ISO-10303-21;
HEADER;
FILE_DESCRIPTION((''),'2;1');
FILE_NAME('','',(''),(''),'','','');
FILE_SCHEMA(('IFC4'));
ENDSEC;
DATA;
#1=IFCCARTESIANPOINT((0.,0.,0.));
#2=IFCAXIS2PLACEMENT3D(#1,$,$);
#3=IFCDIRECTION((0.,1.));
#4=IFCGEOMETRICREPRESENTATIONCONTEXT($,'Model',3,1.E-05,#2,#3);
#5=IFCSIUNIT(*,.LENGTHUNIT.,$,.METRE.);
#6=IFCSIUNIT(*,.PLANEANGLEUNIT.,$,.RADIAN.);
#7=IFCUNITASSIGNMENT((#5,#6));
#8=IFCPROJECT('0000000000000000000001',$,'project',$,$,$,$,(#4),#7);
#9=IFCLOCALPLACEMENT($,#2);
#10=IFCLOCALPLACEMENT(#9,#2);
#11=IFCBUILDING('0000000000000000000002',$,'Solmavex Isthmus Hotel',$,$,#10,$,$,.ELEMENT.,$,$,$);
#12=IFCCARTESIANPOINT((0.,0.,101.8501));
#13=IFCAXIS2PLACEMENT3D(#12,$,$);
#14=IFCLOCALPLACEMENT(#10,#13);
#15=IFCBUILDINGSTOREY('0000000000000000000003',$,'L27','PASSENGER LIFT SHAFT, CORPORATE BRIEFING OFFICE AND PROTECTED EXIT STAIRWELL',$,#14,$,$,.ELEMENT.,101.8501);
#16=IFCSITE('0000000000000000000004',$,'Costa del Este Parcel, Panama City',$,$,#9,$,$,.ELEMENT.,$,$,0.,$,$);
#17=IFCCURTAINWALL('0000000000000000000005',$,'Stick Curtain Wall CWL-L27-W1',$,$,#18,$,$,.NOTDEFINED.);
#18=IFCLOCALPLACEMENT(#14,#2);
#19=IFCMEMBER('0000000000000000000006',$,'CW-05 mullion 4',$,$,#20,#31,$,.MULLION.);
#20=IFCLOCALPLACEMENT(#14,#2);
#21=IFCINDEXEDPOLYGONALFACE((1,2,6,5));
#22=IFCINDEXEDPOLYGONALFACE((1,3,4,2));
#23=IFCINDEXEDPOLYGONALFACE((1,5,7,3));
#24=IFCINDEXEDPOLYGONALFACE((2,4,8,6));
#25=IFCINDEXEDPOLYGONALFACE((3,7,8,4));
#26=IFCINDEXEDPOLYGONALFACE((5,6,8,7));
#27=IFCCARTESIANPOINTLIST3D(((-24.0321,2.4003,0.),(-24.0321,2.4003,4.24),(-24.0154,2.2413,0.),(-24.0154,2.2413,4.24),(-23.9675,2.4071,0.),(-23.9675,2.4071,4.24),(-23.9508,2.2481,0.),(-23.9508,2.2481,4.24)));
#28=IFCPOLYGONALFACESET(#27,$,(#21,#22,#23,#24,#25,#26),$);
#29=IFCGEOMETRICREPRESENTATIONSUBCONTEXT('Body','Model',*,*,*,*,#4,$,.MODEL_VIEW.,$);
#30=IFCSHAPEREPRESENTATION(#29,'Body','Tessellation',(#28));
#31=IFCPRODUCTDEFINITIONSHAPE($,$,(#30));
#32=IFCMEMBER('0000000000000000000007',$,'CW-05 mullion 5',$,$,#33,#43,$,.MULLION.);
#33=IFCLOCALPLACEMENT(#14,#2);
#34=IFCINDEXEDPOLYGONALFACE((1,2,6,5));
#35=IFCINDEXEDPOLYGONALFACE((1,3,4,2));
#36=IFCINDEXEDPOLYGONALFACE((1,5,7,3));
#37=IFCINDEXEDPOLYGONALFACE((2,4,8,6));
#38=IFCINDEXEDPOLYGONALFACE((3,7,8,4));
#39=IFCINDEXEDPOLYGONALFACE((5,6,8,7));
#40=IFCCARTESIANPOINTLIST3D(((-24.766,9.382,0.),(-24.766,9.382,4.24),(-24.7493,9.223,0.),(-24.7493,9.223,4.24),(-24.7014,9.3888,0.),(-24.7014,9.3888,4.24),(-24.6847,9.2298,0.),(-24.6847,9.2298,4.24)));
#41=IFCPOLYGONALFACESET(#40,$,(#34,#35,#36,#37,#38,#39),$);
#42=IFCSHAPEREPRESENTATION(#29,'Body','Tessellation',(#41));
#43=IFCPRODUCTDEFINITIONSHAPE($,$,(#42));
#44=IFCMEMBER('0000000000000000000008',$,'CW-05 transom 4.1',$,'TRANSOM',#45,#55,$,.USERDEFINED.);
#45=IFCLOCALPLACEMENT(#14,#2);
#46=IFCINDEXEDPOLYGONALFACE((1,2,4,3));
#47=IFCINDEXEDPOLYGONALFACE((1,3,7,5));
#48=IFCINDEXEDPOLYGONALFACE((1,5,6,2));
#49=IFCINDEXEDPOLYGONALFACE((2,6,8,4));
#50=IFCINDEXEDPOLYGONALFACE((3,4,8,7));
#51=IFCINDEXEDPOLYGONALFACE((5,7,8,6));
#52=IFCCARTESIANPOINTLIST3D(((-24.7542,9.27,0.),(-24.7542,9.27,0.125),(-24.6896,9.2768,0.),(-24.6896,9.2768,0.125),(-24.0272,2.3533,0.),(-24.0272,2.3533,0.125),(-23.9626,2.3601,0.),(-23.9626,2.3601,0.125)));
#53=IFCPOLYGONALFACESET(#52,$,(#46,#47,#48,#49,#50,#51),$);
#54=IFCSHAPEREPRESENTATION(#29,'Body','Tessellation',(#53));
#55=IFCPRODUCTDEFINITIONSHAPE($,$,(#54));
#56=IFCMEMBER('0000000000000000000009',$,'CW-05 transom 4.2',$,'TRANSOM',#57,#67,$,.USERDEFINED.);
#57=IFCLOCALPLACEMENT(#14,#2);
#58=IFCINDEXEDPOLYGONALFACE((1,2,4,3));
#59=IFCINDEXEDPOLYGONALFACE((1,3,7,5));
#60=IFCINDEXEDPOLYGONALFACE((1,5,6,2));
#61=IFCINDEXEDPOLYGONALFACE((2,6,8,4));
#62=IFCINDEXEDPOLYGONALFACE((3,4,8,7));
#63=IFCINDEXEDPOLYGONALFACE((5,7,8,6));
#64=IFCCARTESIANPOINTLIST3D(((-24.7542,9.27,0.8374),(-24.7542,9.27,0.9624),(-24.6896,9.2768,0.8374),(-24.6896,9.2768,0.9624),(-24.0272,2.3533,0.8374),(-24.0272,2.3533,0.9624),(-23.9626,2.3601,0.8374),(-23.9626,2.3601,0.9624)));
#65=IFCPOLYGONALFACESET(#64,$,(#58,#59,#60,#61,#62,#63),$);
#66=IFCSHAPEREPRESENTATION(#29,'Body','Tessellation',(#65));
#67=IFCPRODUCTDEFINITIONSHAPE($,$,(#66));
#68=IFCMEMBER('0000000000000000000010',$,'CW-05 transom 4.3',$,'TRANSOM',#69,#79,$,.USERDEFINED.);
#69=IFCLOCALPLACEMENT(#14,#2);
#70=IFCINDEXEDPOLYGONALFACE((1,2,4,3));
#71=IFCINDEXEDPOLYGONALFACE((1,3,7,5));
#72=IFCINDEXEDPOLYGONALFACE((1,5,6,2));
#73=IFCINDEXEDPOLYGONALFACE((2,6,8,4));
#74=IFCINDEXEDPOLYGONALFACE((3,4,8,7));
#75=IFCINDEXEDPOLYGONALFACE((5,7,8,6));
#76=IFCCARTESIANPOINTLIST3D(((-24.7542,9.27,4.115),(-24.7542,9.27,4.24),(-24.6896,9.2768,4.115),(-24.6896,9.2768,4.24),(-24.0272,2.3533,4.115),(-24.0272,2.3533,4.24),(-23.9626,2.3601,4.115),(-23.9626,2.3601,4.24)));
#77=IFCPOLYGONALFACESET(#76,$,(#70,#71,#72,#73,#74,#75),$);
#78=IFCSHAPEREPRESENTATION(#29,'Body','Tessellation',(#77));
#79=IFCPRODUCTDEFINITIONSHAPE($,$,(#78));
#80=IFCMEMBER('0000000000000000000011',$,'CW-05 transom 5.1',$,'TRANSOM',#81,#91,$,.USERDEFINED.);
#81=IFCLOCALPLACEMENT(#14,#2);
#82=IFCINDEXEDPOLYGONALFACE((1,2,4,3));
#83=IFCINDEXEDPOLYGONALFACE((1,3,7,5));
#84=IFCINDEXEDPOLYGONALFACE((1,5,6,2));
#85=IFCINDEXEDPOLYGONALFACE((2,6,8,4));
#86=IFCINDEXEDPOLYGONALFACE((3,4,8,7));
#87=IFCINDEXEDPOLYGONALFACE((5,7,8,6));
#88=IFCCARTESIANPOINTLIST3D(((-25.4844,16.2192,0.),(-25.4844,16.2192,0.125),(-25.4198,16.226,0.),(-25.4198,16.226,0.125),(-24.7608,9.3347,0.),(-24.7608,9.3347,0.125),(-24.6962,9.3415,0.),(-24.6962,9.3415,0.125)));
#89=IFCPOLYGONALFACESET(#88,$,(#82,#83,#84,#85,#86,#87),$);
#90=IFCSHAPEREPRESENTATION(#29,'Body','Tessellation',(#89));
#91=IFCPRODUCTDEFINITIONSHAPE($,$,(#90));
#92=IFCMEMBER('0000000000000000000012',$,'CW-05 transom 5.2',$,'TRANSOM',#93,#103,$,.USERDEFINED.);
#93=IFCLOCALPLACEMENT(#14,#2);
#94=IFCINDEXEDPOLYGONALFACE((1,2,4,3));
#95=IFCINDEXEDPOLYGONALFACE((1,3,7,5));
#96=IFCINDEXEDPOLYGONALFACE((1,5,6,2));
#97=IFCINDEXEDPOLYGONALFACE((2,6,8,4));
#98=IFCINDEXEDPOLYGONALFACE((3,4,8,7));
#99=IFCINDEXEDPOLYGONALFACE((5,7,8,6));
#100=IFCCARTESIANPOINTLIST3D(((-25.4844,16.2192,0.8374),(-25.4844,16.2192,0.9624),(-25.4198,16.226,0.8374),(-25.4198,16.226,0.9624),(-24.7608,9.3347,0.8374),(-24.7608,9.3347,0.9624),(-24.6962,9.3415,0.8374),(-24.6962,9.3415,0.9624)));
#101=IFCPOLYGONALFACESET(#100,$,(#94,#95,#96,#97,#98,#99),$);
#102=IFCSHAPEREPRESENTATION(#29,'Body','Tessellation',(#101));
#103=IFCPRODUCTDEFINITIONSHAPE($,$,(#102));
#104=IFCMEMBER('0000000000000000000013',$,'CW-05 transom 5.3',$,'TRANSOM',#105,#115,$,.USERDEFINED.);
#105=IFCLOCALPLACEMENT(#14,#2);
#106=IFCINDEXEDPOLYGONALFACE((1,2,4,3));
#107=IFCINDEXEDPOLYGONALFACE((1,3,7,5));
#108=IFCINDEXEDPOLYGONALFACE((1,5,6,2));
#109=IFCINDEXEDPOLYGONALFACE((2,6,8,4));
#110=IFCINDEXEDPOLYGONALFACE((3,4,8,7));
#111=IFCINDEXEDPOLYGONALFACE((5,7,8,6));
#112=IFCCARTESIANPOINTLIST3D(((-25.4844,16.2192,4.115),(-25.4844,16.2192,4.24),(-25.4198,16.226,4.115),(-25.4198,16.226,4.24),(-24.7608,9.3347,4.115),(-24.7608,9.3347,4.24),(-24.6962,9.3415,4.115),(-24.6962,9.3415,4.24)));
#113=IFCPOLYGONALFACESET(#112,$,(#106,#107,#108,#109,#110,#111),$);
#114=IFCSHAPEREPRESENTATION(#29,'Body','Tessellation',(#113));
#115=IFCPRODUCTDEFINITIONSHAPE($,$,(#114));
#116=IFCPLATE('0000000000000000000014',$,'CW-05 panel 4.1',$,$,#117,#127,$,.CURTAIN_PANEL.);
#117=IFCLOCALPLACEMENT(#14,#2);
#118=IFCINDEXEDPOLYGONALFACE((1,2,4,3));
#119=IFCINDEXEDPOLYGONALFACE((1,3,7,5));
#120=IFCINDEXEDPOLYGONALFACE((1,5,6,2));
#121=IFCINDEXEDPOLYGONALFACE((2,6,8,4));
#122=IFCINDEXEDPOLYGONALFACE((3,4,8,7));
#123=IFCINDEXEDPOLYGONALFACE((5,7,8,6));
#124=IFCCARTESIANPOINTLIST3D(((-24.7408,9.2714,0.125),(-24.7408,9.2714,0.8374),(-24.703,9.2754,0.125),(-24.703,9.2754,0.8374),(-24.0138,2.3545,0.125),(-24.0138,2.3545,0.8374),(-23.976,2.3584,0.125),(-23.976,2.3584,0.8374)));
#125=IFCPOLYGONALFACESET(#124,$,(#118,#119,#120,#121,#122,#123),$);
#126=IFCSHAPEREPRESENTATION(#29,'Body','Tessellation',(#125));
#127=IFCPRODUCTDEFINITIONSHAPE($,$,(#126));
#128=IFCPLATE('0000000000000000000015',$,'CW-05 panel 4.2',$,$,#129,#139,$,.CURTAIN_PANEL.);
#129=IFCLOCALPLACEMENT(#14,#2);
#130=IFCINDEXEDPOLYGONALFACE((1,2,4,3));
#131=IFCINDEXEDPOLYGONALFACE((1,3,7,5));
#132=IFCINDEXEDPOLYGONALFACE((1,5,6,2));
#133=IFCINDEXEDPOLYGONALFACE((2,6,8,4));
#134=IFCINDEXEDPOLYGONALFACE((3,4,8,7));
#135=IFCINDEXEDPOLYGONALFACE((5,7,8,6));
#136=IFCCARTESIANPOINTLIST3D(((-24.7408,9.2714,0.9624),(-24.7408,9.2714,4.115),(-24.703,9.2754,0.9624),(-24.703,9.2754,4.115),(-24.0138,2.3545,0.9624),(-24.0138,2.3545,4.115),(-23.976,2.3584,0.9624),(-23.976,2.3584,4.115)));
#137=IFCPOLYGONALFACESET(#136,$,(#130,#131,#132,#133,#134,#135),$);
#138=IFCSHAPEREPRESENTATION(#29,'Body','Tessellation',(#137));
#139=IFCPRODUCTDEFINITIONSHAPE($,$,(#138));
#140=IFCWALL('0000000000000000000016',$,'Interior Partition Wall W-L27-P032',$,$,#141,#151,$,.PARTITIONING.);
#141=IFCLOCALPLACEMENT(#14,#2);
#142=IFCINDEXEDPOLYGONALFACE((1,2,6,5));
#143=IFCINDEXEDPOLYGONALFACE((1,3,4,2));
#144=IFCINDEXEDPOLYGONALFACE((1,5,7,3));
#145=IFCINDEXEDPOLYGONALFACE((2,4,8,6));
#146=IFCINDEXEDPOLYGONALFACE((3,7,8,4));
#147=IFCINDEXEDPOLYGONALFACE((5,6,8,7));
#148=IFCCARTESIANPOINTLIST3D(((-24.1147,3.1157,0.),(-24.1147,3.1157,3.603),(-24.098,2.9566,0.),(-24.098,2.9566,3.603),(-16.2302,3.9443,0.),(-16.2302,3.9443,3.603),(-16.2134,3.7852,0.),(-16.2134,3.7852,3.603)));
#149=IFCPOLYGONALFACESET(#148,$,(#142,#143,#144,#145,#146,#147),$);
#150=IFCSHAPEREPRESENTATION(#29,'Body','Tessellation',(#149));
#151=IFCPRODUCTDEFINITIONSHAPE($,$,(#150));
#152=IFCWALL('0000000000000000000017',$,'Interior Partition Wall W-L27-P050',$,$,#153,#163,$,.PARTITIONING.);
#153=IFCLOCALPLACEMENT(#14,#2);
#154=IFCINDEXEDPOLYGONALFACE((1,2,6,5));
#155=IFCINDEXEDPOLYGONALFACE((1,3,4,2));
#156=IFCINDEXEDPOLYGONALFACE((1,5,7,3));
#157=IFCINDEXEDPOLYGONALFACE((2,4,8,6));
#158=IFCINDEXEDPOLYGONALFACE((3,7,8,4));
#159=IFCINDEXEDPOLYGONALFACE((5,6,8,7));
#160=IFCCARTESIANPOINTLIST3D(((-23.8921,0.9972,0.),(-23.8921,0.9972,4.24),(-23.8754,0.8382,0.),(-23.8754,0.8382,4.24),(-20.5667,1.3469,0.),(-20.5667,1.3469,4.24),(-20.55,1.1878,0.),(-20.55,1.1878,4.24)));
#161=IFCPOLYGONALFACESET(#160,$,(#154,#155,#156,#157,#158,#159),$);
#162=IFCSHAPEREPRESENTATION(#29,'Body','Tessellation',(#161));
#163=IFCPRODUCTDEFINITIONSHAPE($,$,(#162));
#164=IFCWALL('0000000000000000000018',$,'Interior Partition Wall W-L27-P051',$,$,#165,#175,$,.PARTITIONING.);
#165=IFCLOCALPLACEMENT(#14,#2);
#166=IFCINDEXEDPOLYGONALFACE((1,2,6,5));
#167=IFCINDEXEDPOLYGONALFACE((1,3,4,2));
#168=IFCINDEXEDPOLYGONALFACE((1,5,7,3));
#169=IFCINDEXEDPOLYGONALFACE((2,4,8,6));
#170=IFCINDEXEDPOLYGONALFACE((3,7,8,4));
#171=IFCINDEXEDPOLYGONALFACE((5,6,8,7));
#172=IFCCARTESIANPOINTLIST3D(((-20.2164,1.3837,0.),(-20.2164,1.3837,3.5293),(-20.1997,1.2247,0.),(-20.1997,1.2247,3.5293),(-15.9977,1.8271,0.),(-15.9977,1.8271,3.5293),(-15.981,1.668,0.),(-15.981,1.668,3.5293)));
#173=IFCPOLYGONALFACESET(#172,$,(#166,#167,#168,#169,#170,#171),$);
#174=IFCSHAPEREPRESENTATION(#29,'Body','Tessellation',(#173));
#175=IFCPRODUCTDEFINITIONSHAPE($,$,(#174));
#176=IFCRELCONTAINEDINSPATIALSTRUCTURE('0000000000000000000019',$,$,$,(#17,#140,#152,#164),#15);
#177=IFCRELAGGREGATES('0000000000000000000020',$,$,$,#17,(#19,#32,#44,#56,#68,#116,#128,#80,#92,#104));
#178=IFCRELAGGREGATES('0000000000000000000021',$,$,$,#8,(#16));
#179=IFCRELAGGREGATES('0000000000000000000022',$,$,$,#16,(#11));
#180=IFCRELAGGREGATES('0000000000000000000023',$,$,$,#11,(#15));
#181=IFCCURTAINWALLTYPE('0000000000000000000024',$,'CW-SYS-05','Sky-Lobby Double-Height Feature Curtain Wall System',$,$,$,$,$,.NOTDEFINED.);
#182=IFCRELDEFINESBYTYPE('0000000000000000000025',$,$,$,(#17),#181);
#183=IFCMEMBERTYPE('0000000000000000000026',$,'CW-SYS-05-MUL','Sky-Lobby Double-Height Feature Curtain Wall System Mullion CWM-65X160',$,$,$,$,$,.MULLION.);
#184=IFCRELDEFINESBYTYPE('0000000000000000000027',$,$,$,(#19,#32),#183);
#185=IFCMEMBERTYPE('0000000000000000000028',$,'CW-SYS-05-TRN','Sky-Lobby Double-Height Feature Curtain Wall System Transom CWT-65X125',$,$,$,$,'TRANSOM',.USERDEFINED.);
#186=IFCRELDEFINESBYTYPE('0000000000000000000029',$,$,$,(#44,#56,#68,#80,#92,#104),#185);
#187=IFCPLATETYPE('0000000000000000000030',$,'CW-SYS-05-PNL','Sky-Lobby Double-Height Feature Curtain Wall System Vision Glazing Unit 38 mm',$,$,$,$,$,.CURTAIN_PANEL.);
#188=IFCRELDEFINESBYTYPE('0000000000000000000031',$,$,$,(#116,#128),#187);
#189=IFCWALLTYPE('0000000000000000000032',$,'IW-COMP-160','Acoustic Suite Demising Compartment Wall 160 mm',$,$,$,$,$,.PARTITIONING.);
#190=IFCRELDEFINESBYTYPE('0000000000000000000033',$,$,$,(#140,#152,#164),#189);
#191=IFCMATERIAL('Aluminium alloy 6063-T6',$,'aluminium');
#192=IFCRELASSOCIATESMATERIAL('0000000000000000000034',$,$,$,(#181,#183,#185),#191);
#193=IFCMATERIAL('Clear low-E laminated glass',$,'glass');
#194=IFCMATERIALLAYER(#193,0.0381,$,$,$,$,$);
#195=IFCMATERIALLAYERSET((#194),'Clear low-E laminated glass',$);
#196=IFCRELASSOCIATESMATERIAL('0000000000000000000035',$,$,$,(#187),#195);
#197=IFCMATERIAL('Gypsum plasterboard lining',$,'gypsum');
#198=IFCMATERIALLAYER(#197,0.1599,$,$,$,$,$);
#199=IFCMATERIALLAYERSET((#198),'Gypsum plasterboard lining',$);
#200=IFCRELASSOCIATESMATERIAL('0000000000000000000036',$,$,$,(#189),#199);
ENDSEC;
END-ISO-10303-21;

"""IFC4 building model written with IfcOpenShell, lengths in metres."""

from ifc_helpers import new_model, si_unit, direction, frame, frame_2d, origin, origin_2d, place, context, subcontext, project, spatial, rectangle, extrude, material, layer, layer_set, material_profile, profile_set, type_object, element, aggregate, save


model = new_model("IFC4")

# Units and contexts
model_context = context("Model", 3, precision=1e-05, world=origin(), true_north=direction((0.0, 1.0)))
body_context = subcontext(model_context, "Body", "Model", "MODEL_VIEW")
ifc_project = project(units=[si_unit("LENGTHUNIT", "METRE"), si_unit("PLANEANGLEUNIT", "RADIAN")], contexts=[model_context])

# Site, building, storey
site_placement = place(None, origin())
site = spatial("IfcSite", under=ifc_project, at=site_placement, Name="Costa del Este Parcel, Panama City", CompositionType="ELEMENT", RefElevation=0.0)
building_placement = place(site_placement, origin())
building = spatial("IfcBuilding", under=site, at=building_placement, Name="Solmavex Isthmus Hotel", CompositionType="ELEMENT")
storey_placement = place(building_placement, frame((0.0, 0.0, 101.8501)))
storey = spatial("IfcBuildingStorey", under=building, at=storey_placement, Name="L27", Description="PASSENGER LIFT SHAFT, CORPORATE BRIEFING OFFICE AND PROTECTED EXIT STAIRWELL", CompositionType="ELEMENT", Elevation=101.8501)

# Curtain wall, members, plates
ifc_material_1 = material(Name="Aluminium alloy 6063-T6", Category="aluminium")
curtain_wall_type = type_object("IfcCurtainWallType", Name="CW-SYS-05", Description="Sky-Lobby Double-Height Feature Curtain Wall System", PredefinedType="NOTDEFINED", material=ifc_material_1)
curtain_wall_placement = place(storey_placement, origin())
curtain_wall = element("IfcCurtainWall", 1, at=curtain_wall_placement, inside=storey, type_object=curtain_wall_type, Name="Stick Curtain Wall CWL-L27-W1", PredefinedType="NOTDEFINED")
ifc_material_profile_1 = material_profile(ifc_material_1, rectangle(XDim=0.0649, YDim=0.1599, at=origin_2d()), Name="CWM-65X160")
ifc_profile_set_1 = profile_set([ifc_material_profile_1], Name="Aluminium alloy 6063-T6")
member_type_1 = type_object("IfcMemberType", Name="CW-SYS-05-MUL", Description="Sky-Lobby Double-Height Feature Curtain Wall System Mullion CWM-65X160", PredefinedType="MULLION", material=ifc_profile_set_1)
member_1_placement = place(storey_placement, frame((-23.9915, 2.3242, 0.0), z_axis=(0.0, 0.0, 1.0), x_axis=(-0.994522, -0.104528, 0.0)))
member_1 = element("IfcMember", 2, at=member_1_placement, type_object=member_type_1, Name="CW-05 mullion 4", PredefinedType="MULLION", context=body_context, shape_type="SweptSolid", body=[
    extrude(rectangle(XDim=0.0649, YDim=0.1599, at=origin_2d()), origin(), (0.0, 0.0, 1.0), 4.24),
])
member_2_placement = place(storey_placement, frame((-24.7253, 9.3059, 0.0), z_axis=(0.0, 0.0, 1.0), x_axis=(-0.994522, -0.104528, 0.0)))
member_2 = element("IfcMember", 3, at=member_2_placement, type_object=member_type_1, Name="CW-05 mullion 5", PredefinedType="MULLION", context=body_context, shape_type="SweptSolid", body=[
    extrude(rectangle(XDim=0.0649, YDim=0.1599, at=origin_2d()), origin(), (0.0, 0.0, 1.0), 4.24),
])
ifc_material_profile_2 = material_profile(ifc_material_1, rectangle(XDim=0.0649, YDim=0.125, at=origin_2d()), Name="CWT-65X125")
ifc_profile_set_2 = profile_set([ifc_material_profile_2], Name="Aluminium alloy 6063-T6")
member_type_2 = type_object("IfcMemberType", Name="CW-SYS-05-TRN", Description="Sky-Lobby Double-Height Feature Curtain Wall System Transom CWT-65X125", ElementType="TRANSOM", PredefinedType="USERDEFINED", material=ifc_profile_set_2)
member_3_placement = place(storey_placement, frame((-23.9949, 2.3567, 0.0625), z_axis=(-0.104539, 0.994521, 0.0), x_axis=(-0.994521, -0.104539, 0.0)))
member_3 = element("IfcMember", 4, at=member_3_placement, type_object=member_type_2, Name="CW-05 transom 4.1", ObjectType="TRANSOM", PredefinedType="USERDEFINED", context=body_context, shape_type="SweptSolid", body=[
    extrude(rectangle(XDim=0.0649, YDim=0.125, at=origin_2d()), origin(), (0.0, 0.0, 1.0), 6.9548),
])
member_4_placement = place(storey_placement, frame((-23.9949, 2.3567, 0.8999), z_axis=(-0.104539, 0.994521, 0.0), x_axis=(-0.994521, -0.104539, 0.0)))
member_4 = element("IfcMember", 5, at=member_4_placement, type_object=member_type_2, Name="CW-05 transom 4.2", ObjectType="TRANSOM", PredefinedType="USERDEFINED", context=body_context, shape_type="SweptSolid", body=[
    extrude(rectangle(XDim=0.0649, YDim=0.125, at=origin_2d()), origin(), (0.0, 0.0, 1.0), 6.9548),
])
member_5_placement = place(storey_placement, frame((-23.9949, 2.3567, 4.1775), z_axis=(-0.104539, 0.994521, 0.0), x_axis=(-0.994521, -0.104539, 0.0)))
member_5 = element("IfcMember", 6, at=member_5_placement, type_object=member_type_2, Name="CW-05 transom 4.3", ObjectType="TRANSOM", PredefinedType="USERDEFINED", context=body_context, shape_type="SweptSolid", body=[
    extrude(rectangle(XDim=0.0649, YDim=0.125, at=origin_2d()), origin(), (0.0, 0.0, 1.0), 6.9548),
])
member_6_placement = place(storey_placement, frame((-24.7285, 9.3381, 0.0625), z_axis=(-0.104534, 0.994521, 0.0), x_axis=(-0.994521, -0.104534, 0.0)))
member_6 = element("IfcMember", 7, at=member_6_placement, type_object=member_type_2, Name="CW-05 transom 5.1", ObjectType="TRANSOM", PredefinedType="USERDEFINED", context=body_context, shape_type="SweptSolid", body=[
    extrude(rectangle(XDim=0.0649, YDim=0.125, at=origin_2d()), origin(), (0.0, 0.0, 1.0), 6.9224),
])
member_7_placement = place(storey_placement, frame((-24.7285, 9.3381, 0.8999), z_axis=(-0.104534, 0.994521, 0.0), x_axis=(-0.994521, -0.104534, 0.0)))
member_7 = element("IfcMember", 8, at=member_7_placement, type_object=member_type_2, Name="CW-05 transom 5.2", ObjectType="TRANSOM", PredefinedType="USERDEFINED", context=body_context, shape_type="SweptSolid", body=[
    extrude(rectangle(XDim=0.0649, YDim=0.125, at=origin_2d()), origin(), (0.0, 0.0, 1.0), 6.9224),
])
member_8_placement = place(storey_placement, frame((-24.7285, 9.3381, 4.1775), z_axis=(-0.104534, 0.994521, 0.0), x_axis=(-0.994521, -0.104534, 0.0)))
member_8 = element("IfcMember", 9, at=member_8_placement, type_object=member_type_2, Name="CW-05 transom 5.3", ObjectType="TRANSOM", PredefinedType="USERDEFINED", context=body_context, shape_type="SweptSolid", body=[
    extrude(rectangle(XDim=0.0649, YDim=0.125, at=origin_2d()), origin(), (0.0, 0.0, 1.0), 6.9224),
])
ifc_material_2 = material(Name="Clear low-E laminated glass", Category="glass")
ifc_layer_1 = layer(ifc_material_2, 0.0381)
ifc_layer_set_1 = layer_set([ifc_layer_1], Name="Clear low-E laminated glass")
plate_type = type_object("IfcPlateType", Name="CW-SYS-05-PNL", Description="Sky-Lobby Double-Height Feature Curtain Wall System Vision Glazing Unit 38 mm", PredefinedType="CURTAIN_PANEL", material=ifc_layer_set_1)
plate_1_placement = place(storey_placement, frame((-24.3584, 5.8149, 0.125), z_axis=(0.0, 0.0, 1.0), x_axis=(-0.104528, 0.994522, 0.0)))
plate_1 = element("IfcPlate", 10, at=plate_1_placement, type_object=plate_type, Name="CW-05 panel 4.1", PredefinedType="CURTAIN_PANEL", context=body_context, shape_type="SweptSolid", body=[
    extrude(rectangle(XDim=6.9551, YDim=0.0381, at=origin_2d()), origin(), (0.0, 0.0, 1.0), 0.7124),
])
plate_2_placement = place(storey_placement, frame((-24.3584, 5.8149, 0.9624), z_axis=(0.0, 0.0, 1.0), x_axis=(-0.104528, 0.994522, 0.0)))
plate_2 = element("IfcPlate", 11, at=plate_2_placement, type_object=plate_type, Name="CW-05 panel 4.2", PredefinedType="CURTAIN_PANEL", context=body_context, shape_type="SweptSolid", body=[
    extrude(rectangle(XDim=6.9551, YDim=0.0381, at=origin_2d()), origin(), (0.0, 0.0, 1.0), 3.1526),
])
aggregate(curtain_wall, [member_1, member_2, member_3, member_4, member_5, plate_1, plate_2, member_6, member_7, member_8])

# Walls
ifc_material_3 = material(Name="Gypsum plasterboard lining", Category="gypsum")
ifc_layer_2 = layer(ifc_material_3, 0.1599)
ifc_layer_set_2 = layer_set([ifc_layer_2], Name="Gypsum plasterboard lining")
wall_type_1 = type_object("IfcWallType", Name="IW-COMP-160", Description="Acoustic Suite Demising Compartment Wall 160 mm", PredefinedType="PARTITIONING", material=ifc_layer_set_2)
wall_1_placement = place(storey_placement, frame((-16.2219, 3.8647, 0.0), z_axis=(0.0, 0.0, 1.0), x_axis=(-0.994523, -0.104518, 0.0)))
element("IfcWall", 12, at=wall_1_placement, inside=storey, type_object=wall_type_1, Name="Interior Partition Wall W-L27-P032", PredefinedType="PARTITIONING", context=body_context, shape_type="SweptSolid", body=[
    extrude(rectangle(XDim=7.928, YDim=0.1599, at=frame_2d((3.9639, 0.0))), origin(), (0.0, 0.0, 1.0), 3.603),
])
wall_2_placement = place(storey_placement, frame((-20.5583, 1.2673, 0.0), z_axis=(0.0, 0.0, 1.0), x_axis=(-0.994519, -0.104556, 0.0)))
element("IfcWall", 13, at=wall_2_placement, inside=storey, type_object=wall_type_1, Name="Interior Partition Wall W-L27-P050", PredefinedType="PARTITIONING", context=body_context, shape_type="SweptSolid", body=[
    extrude(rectangle(XDim=3.3438, YDim=0.1599, at=frame_2d((1.6719, 0.0))), origin(), (0.0, 0.0, 1.0), 4.24),
])
wall_3_placement = place(storey_placement, frame((-15.9893, 1.7476, 0.0), z_axis=(0.0, 0.0, 1.0), x_axis=(-0.994523, -0.104517, 0.0)))
element("IfcWall", 14, at=wall_3_placement, inside=storey, type_object=wall_type_1, Name="Interior Partition Wall W-L27-P051", PredefinedType="PARTITIONING", context=body_context, shape_type="SweptSolid", body=[
    extrude(rectangle(XDim=4.2419, YDim=0.1599, at=frame_2d((2.1211, 0.0))), origin(), (0.0, 0.0, 1.0), 3.5293),
])

save(model, "model.ifc")
